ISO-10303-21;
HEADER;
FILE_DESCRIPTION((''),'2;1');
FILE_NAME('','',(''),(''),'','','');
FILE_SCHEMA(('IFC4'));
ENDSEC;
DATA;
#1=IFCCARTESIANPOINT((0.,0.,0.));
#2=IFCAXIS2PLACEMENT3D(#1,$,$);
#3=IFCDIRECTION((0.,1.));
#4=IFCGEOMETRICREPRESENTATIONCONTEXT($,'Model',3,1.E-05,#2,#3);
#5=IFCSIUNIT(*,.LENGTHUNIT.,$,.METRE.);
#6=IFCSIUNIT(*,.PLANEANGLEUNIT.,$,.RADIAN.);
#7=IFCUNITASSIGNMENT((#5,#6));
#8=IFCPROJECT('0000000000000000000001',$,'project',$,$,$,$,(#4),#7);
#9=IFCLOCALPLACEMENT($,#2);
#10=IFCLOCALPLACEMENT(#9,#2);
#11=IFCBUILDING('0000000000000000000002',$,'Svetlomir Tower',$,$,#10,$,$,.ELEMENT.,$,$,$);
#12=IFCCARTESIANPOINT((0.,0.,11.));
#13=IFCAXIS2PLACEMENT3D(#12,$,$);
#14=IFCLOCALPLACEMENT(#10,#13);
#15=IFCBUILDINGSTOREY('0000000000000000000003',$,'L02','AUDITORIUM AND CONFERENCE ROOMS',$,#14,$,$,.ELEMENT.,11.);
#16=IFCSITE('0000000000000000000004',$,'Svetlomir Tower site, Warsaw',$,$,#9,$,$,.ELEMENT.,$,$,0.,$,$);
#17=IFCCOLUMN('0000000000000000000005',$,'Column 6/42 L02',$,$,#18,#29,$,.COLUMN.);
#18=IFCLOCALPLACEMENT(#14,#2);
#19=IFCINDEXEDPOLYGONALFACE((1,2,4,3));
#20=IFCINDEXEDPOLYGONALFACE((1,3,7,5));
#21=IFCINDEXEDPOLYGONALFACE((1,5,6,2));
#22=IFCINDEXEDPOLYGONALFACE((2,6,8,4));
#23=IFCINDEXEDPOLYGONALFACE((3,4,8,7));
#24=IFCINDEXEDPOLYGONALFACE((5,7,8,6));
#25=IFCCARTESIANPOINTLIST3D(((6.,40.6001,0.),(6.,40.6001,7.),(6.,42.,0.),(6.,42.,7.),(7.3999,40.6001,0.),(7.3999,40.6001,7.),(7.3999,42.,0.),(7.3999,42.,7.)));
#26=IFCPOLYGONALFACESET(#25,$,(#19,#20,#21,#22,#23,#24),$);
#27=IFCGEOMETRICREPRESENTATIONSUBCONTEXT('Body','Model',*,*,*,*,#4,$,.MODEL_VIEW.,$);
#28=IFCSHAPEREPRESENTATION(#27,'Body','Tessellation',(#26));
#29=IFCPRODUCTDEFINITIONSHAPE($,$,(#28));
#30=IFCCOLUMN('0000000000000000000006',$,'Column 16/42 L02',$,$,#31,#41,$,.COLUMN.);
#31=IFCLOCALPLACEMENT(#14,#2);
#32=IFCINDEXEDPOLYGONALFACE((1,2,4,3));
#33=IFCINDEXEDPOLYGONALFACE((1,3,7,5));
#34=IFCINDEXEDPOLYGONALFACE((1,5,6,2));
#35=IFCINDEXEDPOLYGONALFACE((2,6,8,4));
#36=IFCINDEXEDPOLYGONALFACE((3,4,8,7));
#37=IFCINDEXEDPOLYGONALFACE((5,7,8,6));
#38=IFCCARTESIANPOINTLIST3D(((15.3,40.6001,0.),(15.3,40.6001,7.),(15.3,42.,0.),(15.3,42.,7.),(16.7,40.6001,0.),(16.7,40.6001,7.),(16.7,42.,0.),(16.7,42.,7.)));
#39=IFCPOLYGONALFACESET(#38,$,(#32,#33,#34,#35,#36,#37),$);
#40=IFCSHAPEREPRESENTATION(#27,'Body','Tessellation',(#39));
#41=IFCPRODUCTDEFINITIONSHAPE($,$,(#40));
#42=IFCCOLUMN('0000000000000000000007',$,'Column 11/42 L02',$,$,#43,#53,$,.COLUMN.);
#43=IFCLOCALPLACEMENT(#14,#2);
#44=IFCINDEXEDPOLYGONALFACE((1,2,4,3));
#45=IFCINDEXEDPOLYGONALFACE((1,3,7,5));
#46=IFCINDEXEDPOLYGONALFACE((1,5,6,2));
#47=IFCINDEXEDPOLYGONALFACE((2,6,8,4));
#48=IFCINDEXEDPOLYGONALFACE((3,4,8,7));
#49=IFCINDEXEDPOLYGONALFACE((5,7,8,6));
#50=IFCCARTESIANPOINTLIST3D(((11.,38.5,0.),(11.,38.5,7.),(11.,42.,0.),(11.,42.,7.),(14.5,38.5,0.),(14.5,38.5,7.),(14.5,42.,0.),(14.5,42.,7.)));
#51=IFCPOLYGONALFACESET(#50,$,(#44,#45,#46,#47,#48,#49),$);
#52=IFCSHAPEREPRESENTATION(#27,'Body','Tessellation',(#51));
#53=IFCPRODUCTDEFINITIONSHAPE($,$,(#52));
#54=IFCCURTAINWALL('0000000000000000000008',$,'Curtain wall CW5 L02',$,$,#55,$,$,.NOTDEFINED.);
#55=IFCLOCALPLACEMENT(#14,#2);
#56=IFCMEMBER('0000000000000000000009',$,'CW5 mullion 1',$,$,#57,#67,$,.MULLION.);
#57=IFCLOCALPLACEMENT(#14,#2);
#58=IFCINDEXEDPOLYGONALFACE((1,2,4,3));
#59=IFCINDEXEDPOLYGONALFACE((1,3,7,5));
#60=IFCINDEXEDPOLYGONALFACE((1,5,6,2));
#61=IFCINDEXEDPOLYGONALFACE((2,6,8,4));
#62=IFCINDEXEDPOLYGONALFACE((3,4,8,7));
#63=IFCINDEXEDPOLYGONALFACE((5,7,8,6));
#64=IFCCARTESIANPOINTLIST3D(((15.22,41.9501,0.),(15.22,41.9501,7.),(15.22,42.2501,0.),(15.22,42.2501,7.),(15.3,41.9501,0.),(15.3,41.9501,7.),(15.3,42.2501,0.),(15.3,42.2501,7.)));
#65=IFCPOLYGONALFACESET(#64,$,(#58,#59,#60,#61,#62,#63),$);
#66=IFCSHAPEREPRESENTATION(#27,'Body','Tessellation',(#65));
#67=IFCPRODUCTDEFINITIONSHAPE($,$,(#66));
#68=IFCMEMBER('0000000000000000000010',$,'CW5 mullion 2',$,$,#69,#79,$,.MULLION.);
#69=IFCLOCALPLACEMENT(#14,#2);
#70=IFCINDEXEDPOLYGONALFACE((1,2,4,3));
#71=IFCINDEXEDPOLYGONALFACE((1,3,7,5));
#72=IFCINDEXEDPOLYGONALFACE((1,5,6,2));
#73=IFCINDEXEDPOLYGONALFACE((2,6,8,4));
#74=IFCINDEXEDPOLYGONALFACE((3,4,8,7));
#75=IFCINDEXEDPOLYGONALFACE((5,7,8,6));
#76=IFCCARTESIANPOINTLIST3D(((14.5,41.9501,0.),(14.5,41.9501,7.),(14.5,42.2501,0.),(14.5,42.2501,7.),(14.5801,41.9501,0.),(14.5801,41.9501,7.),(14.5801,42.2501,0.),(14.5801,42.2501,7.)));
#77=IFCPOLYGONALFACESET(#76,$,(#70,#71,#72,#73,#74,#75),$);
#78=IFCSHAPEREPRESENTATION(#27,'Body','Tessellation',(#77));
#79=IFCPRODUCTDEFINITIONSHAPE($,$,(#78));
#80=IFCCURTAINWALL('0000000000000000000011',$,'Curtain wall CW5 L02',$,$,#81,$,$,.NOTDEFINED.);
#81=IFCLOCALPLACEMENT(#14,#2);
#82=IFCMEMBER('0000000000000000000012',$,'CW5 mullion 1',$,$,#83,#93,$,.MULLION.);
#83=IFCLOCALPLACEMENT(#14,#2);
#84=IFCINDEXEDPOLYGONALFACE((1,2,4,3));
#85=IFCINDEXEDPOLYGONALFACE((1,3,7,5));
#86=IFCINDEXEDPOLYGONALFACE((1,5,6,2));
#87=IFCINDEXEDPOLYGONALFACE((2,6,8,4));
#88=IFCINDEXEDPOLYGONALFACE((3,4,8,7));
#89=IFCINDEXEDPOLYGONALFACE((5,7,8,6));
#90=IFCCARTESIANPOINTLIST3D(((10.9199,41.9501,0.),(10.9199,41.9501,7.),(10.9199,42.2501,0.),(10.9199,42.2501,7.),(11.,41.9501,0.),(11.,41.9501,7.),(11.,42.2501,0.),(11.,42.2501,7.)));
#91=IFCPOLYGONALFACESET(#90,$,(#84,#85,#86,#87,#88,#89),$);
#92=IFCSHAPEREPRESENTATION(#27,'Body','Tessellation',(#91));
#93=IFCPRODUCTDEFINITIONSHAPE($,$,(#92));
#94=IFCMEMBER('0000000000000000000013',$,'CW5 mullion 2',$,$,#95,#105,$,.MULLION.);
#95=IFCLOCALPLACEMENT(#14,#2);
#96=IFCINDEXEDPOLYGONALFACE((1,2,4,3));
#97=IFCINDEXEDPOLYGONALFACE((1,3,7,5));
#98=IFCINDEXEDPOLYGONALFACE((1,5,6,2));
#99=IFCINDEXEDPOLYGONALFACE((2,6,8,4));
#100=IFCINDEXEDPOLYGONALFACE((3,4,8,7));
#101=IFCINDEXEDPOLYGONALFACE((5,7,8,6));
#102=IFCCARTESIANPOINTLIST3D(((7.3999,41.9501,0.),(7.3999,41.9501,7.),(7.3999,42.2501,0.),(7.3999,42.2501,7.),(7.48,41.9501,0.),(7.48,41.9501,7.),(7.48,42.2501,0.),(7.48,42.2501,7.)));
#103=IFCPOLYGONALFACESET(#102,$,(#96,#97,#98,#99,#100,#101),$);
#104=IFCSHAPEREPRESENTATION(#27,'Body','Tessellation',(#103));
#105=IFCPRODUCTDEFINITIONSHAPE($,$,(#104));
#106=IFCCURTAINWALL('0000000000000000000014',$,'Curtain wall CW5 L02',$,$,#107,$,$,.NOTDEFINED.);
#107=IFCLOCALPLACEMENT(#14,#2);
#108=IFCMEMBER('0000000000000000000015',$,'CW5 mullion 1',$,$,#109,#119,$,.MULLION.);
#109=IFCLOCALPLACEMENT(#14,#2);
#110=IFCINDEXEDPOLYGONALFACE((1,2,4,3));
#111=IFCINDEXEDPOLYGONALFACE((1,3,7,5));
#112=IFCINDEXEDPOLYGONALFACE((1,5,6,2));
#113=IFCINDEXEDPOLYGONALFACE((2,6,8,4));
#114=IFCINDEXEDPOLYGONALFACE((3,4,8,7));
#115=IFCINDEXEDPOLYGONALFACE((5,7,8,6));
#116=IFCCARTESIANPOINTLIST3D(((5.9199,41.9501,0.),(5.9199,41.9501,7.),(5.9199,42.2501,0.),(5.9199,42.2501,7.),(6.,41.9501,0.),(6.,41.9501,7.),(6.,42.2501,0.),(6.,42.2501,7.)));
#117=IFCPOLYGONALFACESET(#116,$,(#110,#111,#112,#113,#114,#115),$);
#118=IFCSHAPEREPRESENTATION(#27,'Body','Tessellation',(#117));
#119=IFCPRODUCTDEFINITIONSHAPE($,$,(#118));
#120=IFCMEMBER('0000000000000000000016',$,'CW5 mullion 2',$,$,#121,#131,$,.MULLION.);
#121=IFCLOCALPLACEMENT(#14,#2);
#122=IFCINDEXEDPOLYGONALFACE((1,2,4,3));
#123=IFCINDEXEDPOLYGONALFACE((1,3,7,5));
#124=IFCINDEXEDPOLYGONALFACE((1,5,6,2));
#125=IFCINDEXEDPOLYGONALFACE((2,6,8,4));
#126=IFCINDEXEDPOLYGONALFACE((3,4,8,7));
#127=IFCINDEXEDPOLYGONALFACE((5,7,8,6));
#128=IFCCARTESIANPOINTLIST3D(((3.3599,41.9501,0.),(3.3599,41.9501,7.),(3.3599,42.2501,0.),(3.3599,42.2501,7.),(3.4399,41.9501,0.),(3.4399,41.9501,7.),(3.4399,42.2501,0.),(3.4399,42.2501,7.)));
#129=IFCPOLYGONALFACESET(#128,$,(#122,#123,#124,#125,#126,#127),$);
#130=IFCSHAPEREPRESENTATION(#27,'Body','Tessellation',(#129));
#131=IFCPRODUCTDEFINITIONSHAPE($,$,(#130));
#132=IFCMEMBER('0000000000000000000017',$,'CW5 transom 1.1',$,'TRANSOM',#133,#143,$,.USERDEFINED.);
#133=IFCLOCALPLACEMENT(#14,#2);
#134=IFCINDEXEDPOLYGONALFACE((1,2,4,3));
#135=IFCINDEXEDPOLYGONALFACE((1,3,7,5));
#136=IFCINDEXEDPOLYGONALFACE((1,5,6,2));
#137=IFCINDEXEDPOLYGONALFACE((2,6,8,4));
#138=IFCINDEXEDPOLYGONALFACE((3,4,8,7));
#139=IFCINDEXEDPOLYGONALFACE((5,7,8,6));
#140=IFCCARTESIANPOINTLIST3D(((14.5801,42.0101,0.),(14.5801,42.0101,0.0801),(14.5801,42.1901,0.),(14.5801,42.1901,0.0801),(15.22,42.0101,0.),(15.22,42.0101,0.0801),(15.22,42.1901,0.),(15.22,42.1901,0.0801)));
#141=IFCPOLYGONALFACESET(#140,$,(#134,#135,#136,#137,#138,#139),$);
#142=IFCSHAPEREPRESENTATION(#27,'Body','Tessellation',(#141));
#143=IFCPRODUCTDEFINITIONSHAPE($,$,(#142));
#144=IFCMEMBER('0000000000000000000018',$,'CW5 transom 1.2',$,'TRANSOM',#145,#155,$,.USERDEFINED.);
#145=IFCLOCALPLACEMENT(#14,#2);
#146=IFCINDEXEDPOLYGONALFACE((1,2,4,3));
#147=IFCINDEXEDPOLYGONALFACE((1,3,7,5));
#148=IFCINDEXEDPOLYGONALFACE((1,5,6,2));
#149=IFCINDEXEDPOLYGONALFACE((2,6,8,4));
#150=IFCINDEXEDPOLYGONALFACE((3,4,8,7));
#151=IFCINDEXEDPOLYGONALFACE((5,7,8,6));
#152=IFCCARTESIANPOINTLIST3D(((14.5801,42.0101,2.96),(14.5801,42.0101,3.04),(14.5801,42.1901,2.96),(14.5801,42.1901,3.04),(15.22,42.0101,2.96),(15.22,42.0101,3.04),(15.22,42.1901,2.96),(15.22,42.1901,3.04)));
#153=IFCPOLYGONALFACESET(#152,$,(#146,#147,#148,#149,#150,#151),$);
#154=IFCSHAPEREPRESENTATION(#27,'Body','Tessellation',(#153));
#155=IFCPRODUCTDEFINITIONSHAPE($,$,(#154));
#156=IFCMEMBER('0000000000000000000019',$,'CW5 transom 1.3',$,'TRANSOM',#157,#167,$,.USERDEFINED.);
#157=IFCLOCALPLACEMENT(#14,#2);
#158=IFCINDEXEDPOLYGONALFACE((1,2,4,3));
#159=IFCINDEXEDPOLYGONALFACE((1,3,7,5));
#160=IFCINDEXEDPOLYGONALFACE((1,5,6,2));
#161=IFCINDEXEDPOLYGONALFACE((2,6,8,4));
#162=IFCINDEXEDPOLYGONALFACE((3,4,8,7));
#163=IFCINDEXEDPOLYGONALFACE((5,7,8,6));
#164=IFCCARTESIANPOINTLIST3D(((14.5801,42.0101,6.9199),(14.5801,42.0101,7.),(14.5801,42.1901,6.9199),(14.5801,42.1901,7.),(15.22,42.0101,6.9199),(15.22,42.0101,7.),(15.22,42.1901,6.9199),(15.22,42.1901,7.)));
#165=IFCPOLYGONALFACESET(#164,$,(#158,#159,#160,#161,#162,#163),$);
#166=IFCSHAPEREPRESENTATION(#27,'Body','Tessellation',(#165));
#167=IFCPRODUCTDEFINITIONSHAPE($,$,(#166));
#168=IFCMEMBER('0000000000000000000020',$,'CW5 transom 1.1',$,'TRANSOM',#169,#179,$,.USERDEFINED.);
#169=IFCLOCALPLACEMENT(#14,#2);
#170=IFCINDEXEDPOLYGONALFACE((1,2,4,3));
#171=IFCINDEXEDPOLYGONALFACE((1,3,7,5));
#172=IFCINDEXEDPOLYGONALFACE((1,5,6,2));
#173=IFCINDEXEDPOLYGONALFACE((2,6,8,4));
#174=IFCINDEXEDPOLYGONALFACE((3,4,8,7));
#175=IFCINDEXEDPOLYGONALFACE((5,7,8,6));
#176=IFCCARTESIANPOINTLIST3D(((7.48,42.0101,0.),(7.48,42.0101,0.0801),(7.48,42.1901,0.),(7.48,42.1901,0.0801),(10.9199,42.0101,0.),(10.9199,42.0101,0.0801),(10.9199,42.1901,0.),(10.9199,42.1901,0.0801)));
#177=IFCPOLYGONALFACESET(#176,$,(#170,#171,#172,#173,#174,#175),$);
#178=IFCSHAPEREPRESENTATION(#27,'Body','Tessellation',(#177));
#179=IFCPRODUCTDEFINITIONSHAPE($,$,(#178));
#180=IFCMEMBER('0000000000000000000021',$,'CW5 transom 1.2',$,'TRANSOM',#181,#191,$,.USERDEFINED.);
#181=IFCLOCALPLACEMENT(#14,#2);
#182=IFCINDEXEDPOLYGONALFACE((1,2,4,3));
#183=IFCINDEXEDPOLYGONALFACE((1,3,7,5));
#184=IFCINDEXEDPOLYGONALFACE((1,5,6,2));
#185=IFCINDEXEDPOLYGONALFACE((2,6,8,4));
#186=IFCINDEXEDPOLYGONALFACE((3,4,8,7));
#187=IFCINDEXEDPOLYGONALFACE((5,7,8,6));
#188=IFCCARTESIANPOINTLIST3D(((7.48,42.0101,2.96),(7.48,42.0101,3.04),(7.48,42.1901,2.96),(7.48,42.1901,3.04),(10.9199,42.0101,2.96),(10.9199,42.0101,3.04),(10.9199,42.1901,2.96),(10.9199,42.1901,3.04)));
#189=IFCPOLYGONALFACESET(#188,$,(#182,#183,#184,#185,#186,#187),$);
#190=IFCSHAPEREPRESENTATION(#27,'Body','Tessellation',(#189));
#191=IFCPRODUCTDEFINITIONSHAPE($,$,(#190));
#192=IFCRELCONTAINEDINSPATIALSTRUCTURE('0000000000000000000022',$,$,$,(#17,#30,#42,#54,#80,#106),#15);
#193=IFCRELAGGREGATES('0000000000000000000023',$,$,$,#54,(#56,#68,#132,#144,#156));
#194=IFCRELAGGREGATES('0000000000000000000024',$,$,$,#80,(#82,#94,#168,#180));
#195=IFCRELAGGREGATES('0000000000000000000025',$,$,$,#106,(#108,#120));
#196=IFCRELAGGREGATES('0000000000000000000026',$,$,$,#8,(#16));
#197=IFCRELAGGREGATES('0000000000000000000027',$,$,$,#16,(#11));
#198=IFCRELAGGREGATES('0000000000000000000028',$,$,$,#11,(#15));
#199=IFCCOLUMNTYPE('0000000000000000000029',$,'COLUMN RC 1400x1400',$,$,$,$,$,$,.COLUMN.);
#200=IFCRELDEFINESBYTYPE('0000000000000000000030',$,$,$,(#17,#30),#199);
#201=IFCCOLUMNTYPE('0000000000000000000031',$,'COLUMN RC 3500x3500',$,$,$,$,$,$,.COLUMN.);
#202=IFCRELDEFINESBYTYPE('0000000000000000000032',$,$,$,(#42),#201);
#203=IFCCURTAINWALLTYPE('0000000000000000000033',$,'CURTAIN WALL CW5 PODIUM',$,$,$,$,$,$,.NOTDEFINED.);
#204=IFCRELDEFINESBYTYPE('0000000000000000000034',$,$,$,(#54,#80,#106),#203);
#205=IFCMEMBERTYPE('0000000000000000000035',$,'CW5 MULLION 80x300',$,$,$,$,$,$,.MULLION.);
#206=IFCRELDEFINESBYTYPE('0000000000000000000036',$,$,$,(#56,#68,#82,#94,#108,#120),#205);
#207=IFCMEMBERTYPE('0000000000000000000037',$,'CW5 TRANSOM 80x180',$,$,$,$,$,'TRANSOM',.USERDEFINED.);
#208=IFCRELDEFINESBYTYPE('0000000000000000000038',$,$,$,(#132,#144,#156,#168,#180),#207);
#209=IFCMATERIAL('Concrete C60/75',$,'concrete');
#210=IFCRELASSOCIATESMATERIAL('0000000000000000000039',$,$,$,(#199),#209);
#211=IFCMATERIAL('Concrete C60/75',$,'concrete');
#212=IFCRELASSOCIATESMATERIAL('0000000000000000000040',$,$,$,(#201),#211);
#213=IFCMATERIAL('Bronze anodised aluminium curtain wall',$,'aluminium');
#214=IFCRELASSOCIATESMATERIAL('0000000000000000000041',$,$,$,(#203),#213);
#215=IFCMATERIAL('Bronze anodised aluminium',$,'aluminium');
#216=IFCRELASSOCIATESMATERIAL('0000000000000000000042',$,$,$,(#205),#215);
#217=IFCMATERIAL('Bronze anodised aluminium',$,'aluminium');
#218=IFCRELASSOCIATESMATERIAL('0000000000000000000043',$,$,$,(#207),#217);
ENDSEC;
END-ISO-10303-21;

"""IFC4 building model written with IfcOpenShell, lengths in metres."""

from ifc_helpers import new_model, si_unit, direction, frame, origin, origin_2d, place, context, subcontext, project, spatial, rectangle, extrude, material, material_profile, profile_set, type_object, element, aggregate, save


model = new_model("IFC4")

# Units and contexts
model_context = context("Model", 3, precision=1e-05, world=origin(), true_north=direction((0.0, 1.0)))
body_context = subcontext(model_context, "Body", "Model", "MODEL_VIEW")
ifc_project = project(units=[si_unit("LENGTHUNIT", "METRE"), si_unit("PLANEANGLEUNIT", "RADIAN")], contexts=[model_context])

# Site, building, storey
site_placement = place(None, origin())
site = spatial("IfcSite", under=ifc_project, at=site_placement, Name="Svetlomir Tower site, Warsaw", CompositionType="ELEMENT", RefElevation=0.0)
building_placement = place(site_placement, origin())
building = spatial("IfcBuilding", under=site, at=building_placement, Name="Svetlomir Tower", CompositionType="ELEMENT")
storey_placement = place(building_placement, frame((0.0, 0.0, 11.0)))
storey = spatial("IfcBuildingStorey", under=building, at=storey_placement, Name="L02", Description="AUDITORIUM AND CONFERENCE ROOMS", CompositionType="ELEMENT", Elevation=11.0)

# Columns
ifc_material_1 = material(Name="Concrete C60/75", Category="concrete")
ifc_material_profile_1 = material_profile(ifc_material_1, rectangle(XDim=1.3999, YDim=1.3999, at=origin_2d()), Name="RC 1400x1400")
ifc_profile_set_1 = profile_set([ifc_material_profile_1], Name="Concrete C60/75")
column_type_1 = type_object("IfcColumnType", Name="COLUMN RC 1400x1400", PredefinedType="COLUMN", material=ifc_profile_set_1)
for number, where, z_axis, x_axis, name in (
    (1, (6.7, 41.3, 0.0), (0.0, 0.0, 1.0), (1.0, 0.0, 0.0), "Column 6/42 L02"),
    (2, (16.0, 41.3, 0.0), (0.0, 0.0, 1.0), (1.0, 0.0, 0.0), "Column 16/42 L02"),
):
    element("IfcColumn", number, at=place(storey_placement, frame(where, z_axis=z_axis, x_axis=x_axis)), inside=storey, type_object=column_type_1, Name=name, PredefinedType="COLUMN", context=body_context, shape_type="SweptSolid", body=[
        extrude(rectangle(XDim=1.3999, YDim=1.3999, at=origin_2d()), origin(), (0.0, 0.0, 1.0), 7.0),
    ])
ifc_material_2 = material(Name="Concrete C60/75", Category="concrete")
ifc_material_profile_2 = material_profile(ifc_material_2, rectangle(XDim=3.5, YDim=3.5, at=origin_2d()), Name="RC 3500x3500")
ifc_profile_set_2 = profile_set([ifc_material_profile_2], Name="Concrete C60/75")
column_type_2 = type_object("IfcColumnType", Name="COLUMN RC 3500x3500", PredefinedType="COLUMN", material=ifc_profile_set_2)
column_placement = place(storey_placement, frame((12.75, 40.25, 0.0), z_axis=(0.0, 0.0, 1.0), x_axis=(1.0, 0.0, 0.0)))
element("IfcColumn", 3, at=column_placement, inside=storey, type_object=column_type_2, Name="Column 11/42 L02", PredefinedType="COLUMN", context=body_context, shape_type="SweptSolid", body=[
    extrude(rectangle(XDim=3.5, YDim=3.5, at=origin_2d()), origin(), (0.0, 0.0, 1.0), 7.0),
])

# Curtain walls, members
ifc_material_3 = material(Name="Bronze anodised aluminium curtain wall", Category="aluminium")
curtain_wall_type = type_object("IfcCurtainWallType", Name="CURTAIN WALL CW5 PODIUM", PredefinedType="NOTDEFINED", material=ifc_material_3)
curtain_wall_1_placement = place(storey_placement, origin())
curtain_wall_1 = element("IfcCurtainWall", 4, at=curtain_wall_1_placement, inside=storey, type_object=curtain_wall_type, Name="Curtain wall CW5 L02", PredefinedType="NOTDEFINED")
ifc_material_4 = material(Name="Bronze anodised aluminium", Category="aluminium")
ifc_material_profile_3 = material_profile(ifc_material_4, rectangle(XDim=0.0801, YDim=0.3, at=origin_2d()), Name="AL 80x300")
ifc_profile_set_3 = profile_set([ifc_material_profile_3], Name="Bronze anodised aluminium 6063-T6")
member_type_1 = type_object("IfcMemberType", Name="CW5 MULLION 80x300", PredefinedType="MULLION", material=ifc_profile_set_3)
member_1_placement = place(storey_placement, frame((15.26, 42.1001, 0.0), z_axis=(0.0, 0.0, 1.0), x_axis=(-1.0, 0.0, 0.0)))
member_1 = element("IfcMember", 5, at=member_1_placement, type_object=member_type_1, Name="CW5 mullion 1", PredefinedType="MULLION", context=body_context, shape_type="SweptSolid", body=[
    extrude(rectangle(XDim=0.0801, YDim=0.3, at=origin_2d()), origin(), (0.0, 0.0, 1.0), 7.0),
])
member_2_placement = place(storey_placement, frame((14.54, 42.1001, 0.0), z_axis=(0.0, 0.0, 1.0), x_axis=(-1.0, 0.0, 0.0)))
member_2 = element("IfcMember", 6, at=member_2_placement, type_object=member_type_1, Name="CW5 mullion 2", PredefinedType="MULLION", context=body_context, shape_type="SweptSolid", body=[
    extrude(rectangle(XDim=0.0801, YDim=0.3, at=origin_2d()), origin(), (0.0, 0.0, 1.0), 7.0),
])
curtain_wall_2_placement = place(storey_placement, origin())
curtain_wall_2 = element("IfcCurtainWall", 7, at=curtain_wall_2_placement, inside=storey, type_object=curtain_wall_type, Name="Curtain wall CW5 L02", PredefinedType="NOTDEFINED")
member_3_placement = place(storey_placement, frame((10.96, 42.1001, 0.0), z_axis=(0.0, 0.0, 1.0), x_axis=(-1.0, 0.0, 0.0)))
member_3 = element("IfcMember", 8, at=member_3_placement, type_object=member_type_1, Name="CW5 mullion 1", PredefinedType="MULLION", context=body_context, shape_type="SweptSolid", body=[
    extrude(rectangle(XDim=0.0801, YDim=0.3, at=origin_2d()), origin(), (0.0, 0.0, 1.0), 7.0),
])
member_4_placement = place(storey_placement, frame((7.4399, 42.1001, 0.0), z_axis=(0.0, 0.0, 1.0), x_axis=(-1.0, 0.0, 0.0)))
member_4 = element("IfcMember", 9, at=member_4_placement, type_object=member_type_1, Name="CW5 mullion 2", PredefinedType="MULLION", context=body_context, shape_type="SweptSolid", body=[
    extrude(rectangle(XDim=0.0801, YDim=0.3, at=origin_2d()), origin(), (0.0, 0.0, 1.0), 7.0),
])
curtain_wall_3_placement = place(storey_placement, origin())
curtain_wall_3 = element("IfcCurtainWall", 10, at=curtain_wall_3_placement, inside=storey, type_object=curtain_wall_type, Name="Curtain wall CW5 L02", PredefinedType="NOTDEFINED")
member_5_placement = place(storey_placement, frame((5.96, 42.1001, 0.0), z_axis=(0.0, 0.0, 1.0), x_axis=(-1.0, 0.0, 0.0)))
member_5 = element("IfcMember", 11, at=member_5_placement, type_object=member_type_1, Name="CW5 mullion 1", PredefinedType="MULLION", context=body_context, shape_type="SweptSolid", body=[
    extrude(rectangle(XDim=0.0801, YDim=0.3, at=origin_2d()), origin(), (0.0, 0.0, 1.0), 7.0),
])
member_6_placement = place(storey_placement, frame((3.3999, 42.1001, 0.0), z_axis=(0.0, 0.0, 1.0), x_axis=(-1.0, 0.0, 0.0)))
member_6 = element("IfcMember", 12, at=member_6_placement, type_object=member_type_1, Name="CW5 mullion 2", PredefinedType="MULLION", context=body_context, shape_type="SweptSolid", body=[
    extrude(rectangle(XDim=0.0801, YDim=0.3, at=origin_2d()), origin(), (0.0, 0.0, 1.0), 7.0),
])

# Members
ifc_material_5 = material(Name="Bronze anodised aluminium", Category="aluminium")
ifc_material_profile_4 = material_profile(ifc_material_5, rectangle(XDim=0.1799, YDim=0.0801, at=origin_2d()), Name="AL 180x80")
ifc_profile_set_4 = profile_set([ifc_material_profile_4], Name="Bronze anodised aluminium 6063-T6")
member_type_2 = type_object("IfcMemberType", Name="CW5 TRANSOM 80x180", ElementType="TRANSOM", PredefinedType="USERDEFINED", material=ifc_profile_set_4)
member_7_placement = place(storey_placement, frame((15.22, 42.1001, 0.04), z_axis=(-1.0, 0.0, 0.0), x_axis=(0.0, -1.0, 0.0)))
member_7 = element("IfcMember", 13, at=member_7_placement, type_object=member_type_2, Name="CW5 transom 1.1", ObjectType="TRANSOM", PredefinedType="USERDEFINED", context=body_context, shape_type="SweptSolid", body=[
    extrude(rectangle(XDim=0.1799, YDim=0.0801, at=origin_2d()), origin(), (0.0, 0.0, 1.0), 0.6399),
])
member_8_placement = place(storey_placement, frame((15.22, 42.1001, 3.0), z_axis=(-1.0, 0.0, 0.0), x_axis=(0.0, -1.0, 0.0)))
member_8 = element("IfcMember", 14, at=member_8_placement, type_object=member_type_2, Name="CW5 transom 1.2", ObjectType="TRANSOM", PredefinedType="USERDEFINED", context=body_context, shape_type="SweptSolid", body=[
    extrude(rectangle(XDim=0.1799, YDim=0.0801, at=origin_2d()), origin(), (0.0, 0.0, 1.0), 0.6399),
])
member_9_placement = place(storey_placement, frame((15.22, 42.1001, 6.96), z_axis=(-1.0, 0.0, 0.0), x_axis=(0.0, -1.0, 0.0)))
member_9 = element("IfcMember", 15, at=member_9_placement, type_object=member_type_2, Name="CW5 transom 1.3", ObjectType="TRANSOM", PredefinedType="USERDEFINED", context=body_context, shape_type="SweptSolid", body=[
    extrude(rectangle(XDim=0.1799, YDim=0.0801, at=origin_2d()), origin(), (0.0, 0.0, 1.0), 0.6399),
])
member_10_placement = place(storey_placement, frame((10.9199, 42.1001, 0.04), z_axis=(-1.0, 0.0, 0.0), x_axis=(0.0, -1.0, 0.0)))
member_10 = element("IfcMember", 16, at=member_10_placement, type_object=member_type_2, Name="CW5 transom 1.1", ObjectType="TRANSOM", PredefinedType="USERDEFINED", context=body_context, shape_type="SweptSolid", body=[
    extrude(rectangle(XDim=0.1799, YDim=0.0801, at=origin_2d()), origin(), (0.0, 0.0, 1.0), 3.4399),
])
member_11_placement = place(storey_placement, frame((10.9199, 42.1001, 3.0), z_axis=(-1.0, 0.0, 0.0), x_axis=(0.0, -1.0, 0.0)))
member_11 = element("IfcMember", 17, at=member_11_placement, type_object=member_type_2, Name="CW5 transom 1.2", ObjectType="TRANSOM", PredefinedType="USERDEFINED", context=body_context, shape_type="SweptSolid", body=[
    extrude(rectangle(XDim=0.1799, YDim=0.0801, at=origin_2d()), origin(), (0.0, 0.0, 1.0), 3.4399),
])

aggregate(curtain_wall_1, [member_1, member_2, member_7, member_8, member_9])
aggregate(curtain_wall_2, [member_3, member_4, member_10, member_11])
aggregate(curtain_wall_3, [member_5, member_6])

save(model, "model.ifc")
